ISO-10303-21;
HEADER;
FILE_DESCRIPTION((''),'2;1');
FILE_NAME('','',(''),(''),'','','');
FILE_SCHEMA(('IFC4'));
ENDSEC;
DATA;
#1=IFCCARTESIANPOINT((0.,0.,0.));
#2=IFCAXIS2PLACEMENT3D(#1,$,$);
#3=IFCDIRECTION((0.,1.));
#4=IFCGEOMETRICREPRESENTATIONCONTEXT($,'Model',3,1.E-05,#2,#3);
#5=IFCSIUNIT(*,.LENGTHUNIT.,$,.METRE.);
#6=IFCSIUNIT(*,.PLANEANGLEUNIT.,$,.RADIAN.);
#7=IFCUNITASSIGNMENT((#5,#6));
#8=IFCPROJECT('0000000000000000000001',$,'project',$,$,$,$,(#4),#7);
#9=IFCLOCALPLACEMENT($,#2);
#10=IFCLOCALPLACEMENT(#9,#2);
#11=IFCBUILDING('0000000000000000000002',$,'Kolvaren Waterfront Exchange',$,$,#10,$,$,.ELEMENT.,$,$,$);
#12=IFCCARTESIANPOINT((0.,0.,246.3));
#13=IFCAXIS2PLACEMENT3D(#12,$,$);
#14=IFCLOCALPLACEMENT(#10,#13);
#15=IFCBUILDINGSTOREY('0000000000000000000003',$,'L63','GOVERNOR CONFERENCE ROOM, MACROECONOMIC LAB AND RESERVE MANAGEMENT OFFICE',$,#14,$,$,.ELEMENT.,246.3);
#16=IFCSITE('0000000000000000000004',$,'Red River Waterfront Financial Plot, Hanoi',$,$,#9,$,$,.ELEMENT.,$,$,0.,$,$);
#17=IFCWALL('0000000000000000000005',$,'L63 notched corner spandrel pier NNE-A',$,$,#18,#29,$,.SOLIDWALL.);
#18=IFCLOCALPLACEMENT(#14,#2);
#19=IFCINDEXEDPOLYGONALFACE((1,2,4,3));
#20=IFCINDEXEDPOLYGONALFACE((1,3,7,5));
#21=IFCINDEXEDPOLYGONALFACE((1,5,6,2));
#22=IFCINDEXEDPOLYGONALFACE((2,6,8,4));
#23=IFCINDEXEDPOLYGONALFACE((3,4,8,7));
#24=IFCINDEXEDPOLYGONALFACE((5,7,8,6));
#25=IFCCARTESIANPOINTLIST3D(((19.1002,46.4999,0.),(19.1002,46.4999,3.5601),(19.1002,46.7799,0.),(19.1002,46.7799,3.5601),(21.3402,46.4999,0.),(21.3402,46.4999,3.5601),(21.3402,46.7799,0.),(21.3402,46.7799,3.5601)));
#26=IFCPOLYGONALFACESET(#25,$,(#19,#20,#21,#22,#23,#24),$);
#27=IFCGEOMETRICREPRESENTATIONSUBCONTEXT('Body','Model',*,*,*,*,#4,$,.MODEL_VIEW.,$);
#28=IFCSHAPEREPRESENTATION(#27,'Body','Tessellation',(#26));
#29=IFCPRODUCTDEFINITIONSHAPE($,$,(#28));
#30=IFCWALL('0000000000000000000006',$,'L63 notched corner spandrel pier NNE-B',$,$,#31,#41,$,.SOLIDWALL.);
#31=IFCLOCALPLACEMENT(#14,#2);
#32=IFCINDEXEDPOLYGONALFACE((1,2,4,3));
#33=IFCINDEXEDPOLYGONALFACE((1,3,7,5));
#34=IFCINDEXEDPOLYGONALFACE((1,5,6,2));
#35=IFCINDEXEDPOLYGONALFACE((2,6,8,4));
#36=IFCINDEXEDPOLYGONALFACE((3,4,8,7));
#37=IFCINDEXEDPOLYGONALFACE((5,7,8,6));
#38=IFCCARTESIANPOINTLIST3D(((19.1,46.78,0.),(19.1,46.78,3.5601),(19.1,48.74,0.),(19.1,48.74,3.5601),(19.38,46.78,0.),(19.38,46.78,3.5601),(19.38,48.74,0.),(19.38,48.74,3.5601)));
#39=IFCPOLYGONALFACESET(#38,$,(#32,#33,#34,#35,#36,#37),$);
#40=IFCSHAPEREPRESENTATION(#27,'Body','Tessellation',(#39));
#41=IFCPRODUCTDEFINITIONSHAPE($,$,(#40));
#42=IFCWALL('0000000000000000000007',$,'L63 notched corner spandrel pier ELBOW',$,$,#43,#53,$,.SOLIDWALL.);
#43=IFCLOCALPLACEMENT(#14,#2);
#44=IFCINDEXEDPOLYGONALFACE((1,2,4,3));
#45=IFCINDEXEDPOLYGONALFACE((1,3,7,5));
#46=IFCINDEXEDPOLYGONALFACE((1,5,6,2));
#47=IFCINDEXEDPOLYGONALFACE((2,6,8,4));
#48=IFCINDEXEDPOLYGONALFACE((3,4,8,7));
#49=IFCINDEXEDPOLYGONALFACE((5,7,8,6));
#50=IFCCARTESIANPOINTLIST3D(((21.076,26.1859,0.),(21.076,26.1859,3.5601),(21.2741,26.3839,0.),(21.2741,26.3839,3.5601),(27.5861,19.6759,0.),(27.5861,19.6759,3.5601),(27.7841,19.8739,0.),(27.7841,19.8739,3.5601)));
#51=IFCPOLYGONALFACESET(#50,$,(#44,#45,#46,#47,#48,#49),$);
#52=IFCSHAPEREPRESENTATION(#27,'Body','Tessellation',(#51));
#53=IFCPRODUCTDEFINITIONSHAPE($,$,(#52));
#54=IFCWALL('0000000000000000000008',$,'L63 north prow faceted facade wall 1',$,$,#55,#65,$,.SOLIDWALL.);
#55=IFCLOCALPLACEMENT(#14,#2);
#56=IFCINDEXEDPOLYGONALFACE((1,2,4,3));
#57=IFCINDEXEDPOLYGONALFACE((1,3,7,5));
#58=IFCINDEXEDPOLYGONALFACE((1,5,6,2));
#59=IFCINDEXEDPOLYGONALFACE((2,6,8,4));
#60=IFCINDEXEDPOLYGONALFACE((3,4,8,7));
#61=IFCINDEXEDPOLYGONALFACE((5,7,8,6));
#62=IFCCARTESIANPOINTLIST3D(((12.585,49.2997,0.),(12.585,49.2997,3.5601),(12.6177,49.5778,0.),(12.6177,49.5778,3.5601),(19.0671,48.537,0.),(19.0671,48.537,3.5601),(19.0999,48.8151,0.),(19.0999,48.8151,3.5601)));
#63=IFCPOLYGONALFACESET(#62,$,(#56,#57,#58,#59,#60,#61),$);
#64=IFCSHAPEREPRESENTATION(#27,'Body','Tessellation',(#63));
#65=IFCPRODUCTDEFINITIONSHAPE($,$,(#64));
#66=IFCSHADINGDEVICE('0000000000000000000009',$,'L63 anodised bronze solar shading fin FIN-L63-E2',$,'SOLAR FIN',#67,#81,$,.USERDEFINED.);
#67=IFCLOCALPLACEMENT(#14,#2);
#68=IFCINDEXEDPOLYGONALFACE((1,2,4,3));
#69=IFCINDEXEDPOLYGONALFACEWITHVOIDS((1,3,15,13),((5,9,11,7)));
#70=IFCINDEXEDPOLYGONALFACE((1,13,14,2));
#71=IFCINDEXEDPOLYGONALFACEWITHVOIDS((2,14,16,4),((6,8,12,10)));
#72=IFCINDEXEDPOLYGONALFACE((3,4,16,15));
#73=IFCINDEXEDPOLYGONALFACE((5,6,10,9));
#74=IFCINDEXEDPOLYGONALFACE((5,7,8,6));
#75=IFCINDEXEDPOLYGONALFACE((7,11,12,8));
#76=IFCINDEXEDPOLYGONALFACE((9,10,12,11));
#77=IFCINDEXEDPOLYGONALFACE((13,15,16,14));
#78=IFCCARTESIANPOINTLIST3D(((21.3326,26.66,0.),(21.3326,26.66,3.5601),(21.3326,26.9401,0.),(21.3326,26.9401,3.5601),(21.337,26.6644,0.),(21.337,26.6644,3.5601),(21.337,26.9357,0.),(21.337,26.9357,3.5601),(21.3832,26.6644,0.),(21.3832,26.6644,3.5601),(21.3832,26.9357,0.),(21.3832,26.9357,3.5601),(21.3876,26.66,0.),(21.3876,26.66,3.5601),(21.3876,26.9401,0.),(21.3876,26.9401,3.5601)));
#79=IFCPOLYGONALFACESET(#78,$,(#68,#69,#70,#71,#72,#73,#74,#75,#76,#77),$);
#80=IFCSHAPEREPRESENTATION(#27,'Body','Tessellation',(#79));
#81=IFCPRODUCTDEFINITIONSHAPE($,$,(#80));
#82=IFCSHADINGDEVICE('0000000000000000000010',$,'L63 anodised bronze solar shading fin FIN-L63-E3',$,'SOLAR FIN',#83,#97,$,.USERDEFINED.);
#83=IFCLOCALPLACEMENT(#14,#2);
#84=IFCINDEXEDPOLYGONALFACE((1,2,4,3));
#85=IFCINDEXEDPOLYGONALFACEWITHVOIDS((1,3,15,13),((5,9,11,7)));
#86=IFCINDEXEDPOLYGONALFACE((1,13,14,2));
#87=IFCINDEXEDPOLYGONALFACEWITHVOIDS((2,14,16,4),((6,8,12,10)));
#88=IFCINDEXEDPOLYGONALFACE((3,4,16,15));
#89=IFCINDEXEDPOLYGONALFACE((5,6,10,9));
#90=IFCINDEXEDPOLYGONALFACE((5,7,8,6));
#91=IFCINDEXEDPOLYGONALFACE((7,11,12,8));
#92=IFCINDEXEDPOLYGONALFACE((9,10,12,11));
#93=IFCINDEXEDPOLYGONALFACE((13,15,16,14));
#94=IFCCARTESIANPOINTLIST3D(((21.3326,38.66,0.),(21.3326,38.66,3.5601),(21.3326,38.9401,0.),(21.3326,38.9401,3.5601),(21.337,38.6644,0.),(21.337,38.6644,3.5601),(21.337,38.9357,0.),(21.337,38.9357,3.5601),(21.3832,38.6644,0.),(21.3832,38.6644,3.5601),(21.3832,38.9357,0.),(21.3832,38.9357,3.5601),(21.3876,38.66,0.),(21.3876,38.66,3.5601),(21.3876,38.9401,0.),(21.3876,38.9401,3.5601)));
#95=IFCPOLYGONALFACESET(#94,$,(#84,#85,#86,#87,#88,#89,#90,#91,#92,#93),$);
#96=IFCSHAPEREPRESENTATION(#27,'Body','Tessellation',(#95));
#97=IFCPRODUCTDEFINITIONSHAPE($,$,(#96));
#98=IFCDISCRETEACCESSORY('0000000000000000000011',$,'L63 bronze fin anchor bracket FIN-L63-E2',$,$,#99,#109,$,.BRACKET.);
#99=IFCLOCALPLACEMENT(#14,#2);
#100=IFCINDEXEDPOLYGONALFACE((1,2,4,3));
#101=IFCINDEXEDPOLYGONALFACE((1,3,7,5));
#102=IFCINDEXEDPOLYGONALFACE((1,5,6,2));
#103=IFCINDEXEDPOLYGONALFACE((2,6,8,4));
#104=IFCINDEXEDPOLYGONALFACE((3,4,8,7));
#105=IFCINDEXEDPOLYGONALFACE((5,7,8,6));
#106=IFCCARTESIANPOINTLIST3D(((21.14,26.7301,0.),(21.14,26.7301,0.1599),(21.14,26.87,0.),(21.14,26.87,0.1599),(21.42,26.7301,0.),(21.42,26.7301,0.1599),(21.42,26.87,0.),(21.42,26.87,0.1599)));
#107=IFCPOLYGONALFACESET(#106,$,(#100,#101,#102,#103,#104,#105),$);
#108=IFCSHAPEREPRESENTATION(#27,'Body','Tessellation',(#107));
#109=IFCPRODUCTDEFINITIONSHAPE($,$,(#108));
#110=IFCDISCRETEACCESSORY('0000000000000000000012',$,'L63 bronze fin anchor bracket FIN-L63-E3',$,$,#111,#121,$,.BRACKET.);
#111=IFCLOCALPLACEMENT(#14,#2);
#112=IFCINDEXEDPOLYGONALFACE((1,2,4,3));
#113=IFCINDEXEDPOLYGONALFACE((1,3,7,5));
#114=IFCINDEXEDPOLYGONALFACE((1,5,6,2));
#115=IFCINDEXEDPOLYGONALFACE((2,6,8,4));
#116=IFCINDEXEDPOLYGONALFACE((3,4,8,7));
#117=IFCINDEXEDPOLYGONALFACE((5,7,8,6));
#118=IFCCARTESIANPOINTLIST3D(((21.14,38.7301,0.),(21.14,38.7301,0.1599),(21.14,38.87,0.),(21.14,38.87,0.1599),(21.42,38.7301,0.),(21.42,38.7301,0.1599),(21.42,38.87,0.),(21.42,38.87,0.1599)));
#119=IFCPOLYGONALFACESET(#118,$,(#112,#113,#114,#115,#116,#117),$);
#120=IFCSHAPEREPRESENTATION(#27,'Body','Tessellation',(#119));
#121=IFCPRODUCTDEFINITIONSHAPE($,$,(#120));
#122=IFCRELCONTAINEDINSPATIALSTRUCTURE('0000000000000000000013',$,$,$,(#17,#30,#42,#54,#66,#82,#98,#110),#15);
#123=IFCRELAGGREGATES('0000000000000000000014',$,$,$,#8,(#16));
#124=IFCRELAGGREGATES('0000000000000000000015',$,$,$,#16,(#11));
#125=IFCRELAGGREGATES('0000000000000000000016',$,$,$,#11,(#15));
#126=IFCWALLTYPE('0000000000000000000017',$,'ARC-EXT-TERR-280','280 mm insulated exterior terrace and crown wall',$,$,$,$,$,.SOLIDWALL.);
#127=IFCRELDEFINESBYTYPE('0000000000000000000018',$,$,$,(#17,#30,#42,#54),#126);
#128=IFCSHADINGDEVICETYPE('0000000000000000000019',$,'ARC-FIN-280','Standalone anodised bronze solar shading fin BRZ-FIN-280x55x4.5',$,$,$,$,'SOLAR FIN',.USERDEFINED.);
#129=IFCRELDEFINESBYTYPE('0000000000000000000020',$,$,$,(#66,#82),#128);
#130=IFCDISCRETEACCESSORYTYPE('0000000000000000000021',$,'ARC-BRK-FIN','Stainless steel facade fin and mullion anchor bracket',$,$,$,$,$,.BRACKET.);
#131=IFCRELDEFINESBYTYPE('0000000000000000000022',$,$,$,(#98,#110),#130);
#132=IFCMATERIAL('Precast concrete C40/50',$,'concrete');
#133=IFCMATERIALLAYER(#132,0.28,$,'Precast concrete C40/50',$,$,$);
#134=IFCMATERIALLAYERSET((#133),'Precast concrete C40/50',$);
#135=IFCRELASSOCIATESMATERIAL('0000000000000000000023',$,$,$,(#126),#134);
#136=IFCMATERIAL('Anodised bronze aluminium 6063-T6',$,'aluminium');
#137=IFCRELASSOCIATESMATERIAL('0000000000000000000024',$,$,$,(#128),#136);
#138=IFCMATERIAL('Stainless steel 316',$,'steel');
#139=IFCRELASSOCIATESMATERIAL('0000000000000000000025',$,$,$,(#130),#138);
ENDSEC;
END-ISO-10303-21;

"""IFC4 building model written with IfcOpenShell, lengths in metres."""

from ifc_helpers import new_model, si_unit, direction, frame, frame_2d, origin, origin_with_axes, origin_2d, place, context, subcontext, project, spatial, rectangle, hollow_rectangle, extrude, source, transform, mapped, material, layer, layer_set, material_profile, profile_set, type_object, element, save


model = new_model("IFC4")

# Units and contexts
model_context = context("Model", 3, precision=1e-05, world=origin(), true_north=direction((0.0, 1.0)))
body_context = subcontext(model_context, "Body", "Model", "MODEL_VIEW")
ifc_project = project(units=[si_unit("LENGTHUNIT", "METRE"), si_unit("PLANEANGLEUNIT", "RADIAN")], contexts=[model_context])

# Site, building, storey
site_placement = place(None, origin())
site = spatial("IfcSite", under=ifc_project, at=site_placement, Name="Red River Waterfront Financial Plot, Hanoi", CompositionType="ELEMENT", RefElevation=0.0)
building_placement = place(site_placement, origin())
building = spatial("IfcBuilding", under=site, at=building_placement, Name="Kolvaren Waterfront Exchange", CompositionType="ELEMENT")
storey_placement = place(building_placement, frame((0.0, 0.0, 246.3)))
storey = spatial("IfcBuildingStorey", under=building, at=storey_placement, Name="L63", Description="GOVERNOR CONFERENCE ROOM, MACROECONOMIC LAB AND RESERVE MANAGEMENT OFFICE", CompositionType="ELEMENT", Elevation=246.3)

# Shared definitions
ifc_material_1 = material(Name="Anodised bronze aluminium 6063-T6", Category="aluminium")

# Walls
ifc_material_2 = material(Name="Precast concrete C40/50", Category="concrete")
ifc_layer_1 = layer(ifc_material_2, 0.28, Name="Precast concrete C40/50")
ifc_layer_set_1 = layer_set([ifc_layer_1], Name="Precast concrete C40/50")
wall_type = type_object("IfcWallType", Name="ARC-EXT-TERR-280", Description="280 mm insulated exterior terrace and crown wall", PredefinedType="SOLIDWALL", material=ifc_layer_set_1)
wall_1_placement = place(storey_placement, frame((19.1001, 46.6399, 0.0), z_axis=(0.0, 0.0, 1.0), x_axis=(1.0, 0.0, 0.0)))
element("IfcWall", 1, at=wall_1_placement, inside=storey, type_object=wall_type, Name="L63 notched corner spandrel pier NNE-A", PredefinedType="SOLIDWALL", context=body_context, shape_type="SweptSolid", body=[
    extrude(rectangle(XDim=2.24, YDim=0.28, at=frame_2d((1.1201, 0.0))), origin(), (0.0, 0.0, 1.0), 3.5601),
])
wall_2_placement = place(storey_placement, frame((19.24, 46.78, 0.0), z_axis=(0.0, 0.0, 1.0), x_axis=(0.0, 1.0, 0.0)))
element("IfcWall", 2, at=wall_2_placement, inside=storey, type_object=wall_type, Name="L63 notched corner spandrel pier NNE-B", PredefinedType="SOLIDWALL", context=body_context, shape_type="SweptSolid", body=[
    extrude(rectangle(XDim=1.96, YDim=0.28, at=frame_2d((0.98, 0.0))), origin(), (0.0, 0.0, 1.0), 3.5601),
])
wall_3_placement = place(storey_placement, frame((27.6851, 19.7749, 0.0), z_axis=(0.0, 0.0, 1.0), x_axis=(-0.707107, 0.707107, 0.0)))
element("IfcWall", 3, at=wall_3_placement, inside=storey, type_object=wall_type, Name="L63 notched corner spandrel pier ELBOW", PredefinedType="SOLIDWALL", context=body_context, shape_type="SweptSolid", body=[
    extrude(rectangle(XDim=9.2065, YDim=0.28, at=frame_2d((4.6033, 0.0))), origin(), (0.0, 0.0, 1.0), 3.5601),
])
wall_4_placement = place(storey_placement, frame((19.0835, 48.676, 0.0), z_axis=(0.0, 0.0, 1.0), x_axis=(-0.993149, 0.116854, 0.0)))
element("IfcWall", 4, at=wall_4_placement, inside=storey, type_object=wall_type, Name="L63 north prow faceted facade wall 1", PredefinedType="SOLIDWALL", context=body_context, shape_type="SweptSolid", body=[
    extrude(rectangle(XDim=6.5269, YDim=0.28, at=frame_2d((3.2634, 0.0))), origin(), (0.0, 0.0, 1.0), 3.5601),
])

# Shading devices
ifc_material_profile_1 = material_profile(ifc_material_1, hollow_rectangle(XDim=0.0549, YDim=0.28, WallThickness=0.0044, at=origin_2d()), Name="BRZ-FIN-280x55x4.5")
ifc_profile_set_1 = profile_set([ifc_material_profile_1], Name="Anodised bronze aluminium 6063-T6")
shading_device_type = type_object("IfcShadingDeviceType", Name="ARC-FIN-280", Description="Standalone anodised bronze solar shading fin BRZ-FIN-280x55x4.5", ElementType="SOLAR FIN", PredefinedType="USERDEFINED", material=ifc_profile_set_1)
for number, where, z_axis, x_axis, name in (
    (5, (21.3601, 26.8, 0.0), (0.0, 0.0, 1.0), (1.0, 0.0, 0.0), "L63 anodised bronze solar shading fin FIN-L63-E2"),
    (6, (21.3601, 38.8, 0.0), (0.0, 0.0, 1.0), (1.0, 0.0, 0.0), "L63 anodised bronze solar shading fin FIN-L63-E3"),
):
    element("IfcShadingDevice", number, at=place(storey_placement, frame(where, z_axis=z_axis, x_axis=x_axis)), inside=storey, type_object=shading_device_type, Name=name, ObjectType="SOLAR FIN", PredefinedType="USERDEFINED", context=body_context, shape_type="SweptSolid", body=[
        extrude(hollow_rectangle(XDim=0.0549, YDim=0.28, WallThickness=0.0044, at=origin_2d()), origin(), (0.0, 0.0, 1.0), 3.5601),
    ])

# Discrete accessories
ifc_material_3 = material(Name="Stainless steel 316", Category="steel")
discrete_accessory_type = type_object("IfcDiscreteAccessoryType", Name="ARC-BRK-FIN", Description="Stainless steel facade fin and mullion anchor bracket", PredefinedType="BRACKET", material=ifc_material_3)
shared_shape_1 = source(origin_with_axes(), body_context, "Body", "SweptSolid", [
    extrude(rectangle(XDim=0.28, YDim=0.1399, at=origin_2d()), origin(), (0.0, 0.0, 1.0), 0.1599),
])
for number, where, z_axis, x_axis, name in (
    (7, (21.28, 26.8, 0.0), (0.0, 0.0, 1.0), (1.0, 0.0, 0.0), "L63 bronze fin anchor bracket FIN-L63-E2"),
    (8, (21.28, 38.8, 0.0), (0.0, 0.0, 1.0), (1.0, 0.0, 0.0), "L63 bronze fin anchor bracket FIN-L63-E3"),
):
    element("IfcDiscreteAccessory", number, at=place(storey_placement, frame(where, z_axis=z_axis, x_axis=x_axis)), inside=storey, type_object=discrete_accessory_type, Name=name, PredefinedType="BRACKET", context=body_context, shape_type="MappedRepresentation", body=[
        mapped(shared_shape_1, transform((0.0, 0.0, 0.0), x_axis=(1.0, 0.0, 0.0), y_axis=(0.0, 1.0, 0.0), z_axis=(0.0, 0.0, 1.0), scale=1.0)),
    ])

save(model, "model.ifc")
